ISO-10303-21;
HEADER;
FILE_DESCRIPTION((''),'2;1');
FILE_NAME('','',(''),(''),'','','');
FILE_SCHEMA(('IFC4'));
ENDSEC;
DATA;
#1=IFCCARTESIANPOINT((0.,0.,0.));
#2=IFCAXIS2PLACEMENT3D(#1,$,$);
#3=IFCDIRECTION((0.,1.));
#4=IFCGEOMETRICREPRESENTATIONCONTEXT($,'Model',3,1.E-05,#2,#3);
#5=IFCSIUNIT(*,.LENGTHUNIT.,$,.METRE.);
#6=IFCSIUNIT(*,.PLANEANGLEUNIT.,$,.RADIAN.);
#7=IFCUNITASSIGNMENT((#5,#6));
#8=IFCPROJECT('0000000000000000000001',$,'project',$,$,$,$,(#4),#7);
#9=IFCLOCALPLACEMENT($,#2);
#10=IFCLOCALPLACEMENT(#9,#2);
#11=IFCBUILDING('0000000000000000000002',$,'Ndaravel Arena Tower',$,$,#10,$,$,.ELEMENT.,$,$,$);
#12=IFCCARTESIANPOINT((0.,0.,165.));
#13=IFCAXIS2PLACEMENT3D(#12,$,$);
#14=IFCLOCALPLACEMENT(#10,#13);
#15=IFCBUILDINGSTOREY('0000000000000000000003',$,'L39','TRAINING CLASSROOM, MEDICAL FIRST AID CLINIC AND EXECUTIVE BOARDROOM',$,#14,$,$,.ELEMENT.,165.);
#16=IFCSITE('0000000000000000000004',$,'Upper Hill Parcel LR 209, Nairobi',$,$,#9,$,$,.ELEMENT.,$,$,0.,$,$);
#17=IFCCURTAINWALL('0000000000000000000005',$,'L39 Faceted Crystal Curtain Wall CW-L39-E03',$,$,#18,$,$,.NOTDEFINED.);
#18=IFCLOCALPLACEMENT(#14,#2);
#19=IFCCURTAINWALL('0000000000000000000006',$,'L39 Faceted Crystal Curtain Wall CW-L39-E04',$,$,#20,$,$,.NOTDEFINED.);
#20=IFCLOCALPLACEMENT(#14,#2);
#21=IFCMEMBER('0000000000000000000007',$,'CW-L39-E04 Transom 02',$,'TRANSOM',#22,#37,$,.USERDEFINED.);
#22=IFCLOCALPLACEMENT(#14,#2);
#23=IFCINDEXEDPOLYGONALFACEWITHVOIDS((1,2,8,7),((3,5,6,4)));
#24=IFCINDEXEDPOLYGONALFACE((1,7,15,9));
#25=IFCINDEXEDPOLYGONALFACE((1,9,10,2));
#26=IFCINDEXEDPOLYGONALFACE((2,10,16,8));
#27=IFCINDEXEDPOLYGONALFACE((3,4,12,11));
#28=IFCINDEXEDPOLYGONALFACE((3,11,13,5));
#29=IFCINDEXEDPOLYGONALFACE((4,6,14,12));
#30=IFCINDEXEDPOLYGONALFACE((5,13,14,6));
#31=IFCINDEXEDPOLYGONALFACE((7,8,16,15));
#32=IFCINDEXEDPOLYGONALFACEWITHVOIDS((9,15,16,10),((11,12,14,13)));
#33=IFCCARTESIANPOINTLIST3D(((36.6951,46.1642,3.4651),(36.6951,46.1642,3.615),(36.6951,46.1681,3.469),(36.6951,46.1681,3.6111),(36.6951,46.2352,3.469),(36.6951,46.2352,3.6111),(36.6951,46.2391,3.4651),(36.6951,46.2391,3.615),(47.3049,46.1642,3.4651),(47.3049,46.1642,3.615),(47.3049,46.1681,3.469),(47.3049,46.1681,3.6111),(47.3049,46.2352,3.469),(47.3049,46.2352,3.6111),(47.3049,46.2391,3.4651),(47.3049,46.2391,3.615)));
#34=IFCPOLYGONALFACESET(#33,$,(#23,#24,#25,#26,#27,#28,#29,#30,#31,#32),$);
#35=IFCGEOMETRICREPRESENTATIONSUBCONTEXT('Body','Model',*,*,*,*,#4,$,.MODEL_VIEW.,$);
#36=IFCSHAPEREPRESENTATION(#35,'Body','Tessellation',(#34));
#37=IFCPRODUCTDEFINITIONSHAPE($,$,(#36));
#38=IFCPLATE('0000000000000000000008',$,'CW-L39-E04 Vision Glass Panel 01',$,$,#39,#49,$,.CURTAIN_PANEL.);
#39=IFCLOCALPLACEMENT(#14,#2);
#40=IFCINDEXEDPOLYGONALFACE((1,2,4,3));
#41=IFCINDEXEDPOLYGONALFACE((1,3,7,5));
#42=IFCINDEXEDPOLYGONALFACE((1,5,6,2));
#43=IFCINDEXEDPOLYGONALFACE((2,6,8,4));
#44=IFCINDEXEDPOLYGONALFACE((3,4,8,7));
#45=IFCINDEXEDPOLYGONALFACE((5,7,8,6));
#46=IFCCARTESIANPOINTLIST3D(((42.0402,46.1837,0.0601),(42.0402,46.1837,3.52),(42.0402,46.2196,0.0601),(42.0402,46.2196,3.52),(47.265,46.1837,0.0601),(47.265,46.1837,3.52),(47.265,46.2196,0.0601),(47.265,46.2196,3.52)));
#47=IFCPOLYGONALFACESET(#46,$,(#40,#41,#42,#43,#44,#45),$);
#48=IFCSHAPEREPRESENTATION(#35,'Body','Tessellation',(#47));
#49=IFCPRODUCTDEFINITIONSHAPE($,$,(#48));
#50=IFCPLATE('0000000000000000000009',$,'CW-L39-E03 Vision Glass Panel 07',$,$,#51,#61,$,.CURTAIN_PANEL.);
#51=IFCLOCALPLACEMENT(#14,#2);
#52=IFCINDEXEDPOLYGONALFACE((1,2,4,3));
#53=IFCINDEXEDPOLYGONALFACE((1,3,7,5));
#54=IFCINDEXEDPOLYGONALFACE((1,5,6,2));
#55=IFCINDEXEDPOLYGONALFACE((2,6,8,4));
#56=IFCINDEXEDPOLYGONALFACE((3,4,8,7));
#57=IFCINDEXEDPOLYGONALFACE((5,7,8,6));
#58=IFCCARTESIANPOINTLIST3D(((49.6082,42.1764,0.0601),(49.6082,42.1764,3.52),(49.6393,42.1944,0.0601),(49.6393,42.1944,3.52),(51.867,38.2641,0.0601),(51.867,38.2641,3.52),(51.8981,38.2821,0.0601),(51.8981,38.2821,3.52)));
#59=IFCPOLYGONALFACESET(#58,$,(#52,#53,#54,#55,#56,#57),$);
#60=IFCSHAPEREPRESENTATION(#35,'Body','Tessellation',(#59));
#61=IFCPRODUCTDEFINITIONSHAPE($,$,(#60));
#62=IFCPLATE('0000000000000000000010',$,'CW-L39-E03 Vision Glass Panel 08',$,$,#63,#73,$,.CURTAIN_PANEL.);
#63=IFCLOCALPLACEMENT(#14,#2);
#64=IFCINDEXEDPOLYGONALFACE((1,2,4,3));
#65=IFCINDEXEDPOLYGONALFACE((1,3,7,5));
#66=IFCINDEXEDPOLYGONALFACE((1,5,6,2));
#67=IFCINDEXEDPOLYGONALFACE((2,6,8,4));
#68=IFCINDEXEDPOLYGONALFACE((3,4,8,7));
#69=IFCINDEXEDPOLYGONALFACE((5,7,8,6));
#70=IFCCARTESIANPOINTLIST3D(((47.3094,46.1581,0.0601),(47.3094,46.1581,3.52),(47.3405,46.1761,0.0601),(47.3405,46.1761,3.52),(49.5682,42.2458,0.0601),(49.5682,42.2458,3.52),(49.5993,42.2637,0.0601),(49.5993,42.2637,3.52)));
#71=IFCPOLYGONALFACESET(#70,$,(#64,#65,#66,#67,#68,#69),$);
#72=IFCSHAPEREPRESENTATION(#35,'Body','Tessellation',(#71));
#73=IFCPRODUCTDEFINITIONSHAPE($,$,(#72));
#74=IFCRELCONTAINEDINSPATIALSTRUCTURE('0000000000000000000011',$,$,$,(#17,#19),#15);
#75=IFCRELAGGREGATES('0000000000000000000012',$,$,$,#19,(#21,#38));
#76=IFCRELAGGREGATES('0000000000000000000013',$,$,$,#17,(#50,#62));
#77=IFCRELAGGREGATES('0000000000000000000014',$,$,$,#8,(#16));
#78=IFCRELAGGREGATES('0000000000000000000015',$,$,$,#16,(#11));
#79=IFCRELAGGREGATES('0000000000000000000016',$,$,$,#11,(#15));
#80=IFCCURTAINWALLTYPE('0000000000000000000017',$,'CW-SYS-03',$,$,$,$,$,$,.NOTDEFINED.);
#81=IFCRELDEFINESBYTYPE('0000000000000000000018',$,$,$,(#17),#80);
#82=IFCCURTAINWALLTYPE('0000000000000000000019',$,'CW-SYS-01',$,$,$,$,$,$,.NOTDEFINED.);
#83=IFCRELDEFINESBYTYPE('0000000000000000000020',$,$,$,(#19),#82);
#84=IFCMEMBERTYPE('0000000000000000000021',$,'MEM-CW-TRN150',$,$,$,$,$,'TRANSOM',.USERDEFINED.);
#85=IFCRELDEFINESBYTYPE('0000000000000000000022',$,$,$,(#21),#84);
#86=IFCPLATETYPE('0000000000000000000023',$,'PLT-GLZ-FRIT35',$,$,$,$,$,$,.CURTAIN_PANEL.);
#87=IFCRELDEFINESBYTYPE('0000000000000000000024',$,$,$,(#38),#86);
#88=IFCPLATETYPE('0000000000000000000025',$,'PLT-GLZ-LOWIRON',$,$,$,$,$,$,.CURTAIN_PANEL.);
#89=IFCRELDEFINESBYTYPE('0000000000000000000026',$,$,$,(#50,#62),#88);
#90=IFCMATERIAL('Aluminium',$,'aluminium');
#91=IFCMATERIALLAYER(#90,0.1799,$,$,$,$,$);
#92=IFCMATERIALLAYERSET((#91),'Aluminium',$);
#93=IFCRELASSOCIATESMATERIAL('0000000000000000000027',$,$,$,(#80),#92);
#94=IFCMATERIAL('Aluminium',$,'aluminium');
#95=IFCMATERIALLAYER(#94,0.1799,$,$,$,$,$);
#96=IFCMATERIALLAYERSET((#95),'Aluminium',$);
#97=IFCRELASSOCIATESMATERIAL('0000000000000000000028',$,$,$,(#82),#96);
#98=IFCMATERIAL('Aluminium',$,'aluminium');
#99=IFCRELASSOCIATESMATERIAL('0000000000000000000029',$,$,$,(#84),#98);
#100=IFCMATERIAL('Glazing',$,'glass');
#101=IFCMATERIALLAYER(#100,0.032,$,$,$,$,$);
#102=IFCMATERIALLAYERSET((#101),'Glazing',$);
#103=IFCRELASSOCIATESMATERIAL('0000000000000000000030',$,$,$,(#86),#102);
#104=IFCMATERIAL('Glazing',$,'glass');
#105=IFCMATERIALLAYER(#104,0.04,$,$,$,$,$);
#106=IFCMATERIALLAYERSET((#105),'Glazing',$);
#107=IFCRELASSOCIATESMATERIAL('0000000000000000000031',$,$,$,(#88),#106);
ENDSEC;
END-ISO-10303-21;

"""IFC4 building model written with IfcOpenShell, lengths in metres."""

from ifc_helpers import new_model, si_unit, direction, frame, origin, origin_2d, place, context, subcontext, project, spatial, rectangle, hollow_rectangle, extrude, material, layer, layer_set, material_profile, profile_set, type_object, element, aggregate, save


model = new_model("IFC4")

# Units and contexts
model_context = context("Model", 3, precision=1e-05, world=origin(), true_north=direction((0.0, 1.0)))
body_context = subcontext(model_context, "Body", "Model", "MODEL_VIEW")
ifc_project = project(units=[si_unit("LENGTHUNIT", "METRE"), si_unit("PLANEANGLEUNIT", "RADIAN")], contexts=[model_context])

# Site, building, storey
site_placement = place(None, origin())
site = spatial("IfcSite", under=ifc_project, at=site_placement, Name="Upper Hill Parcel LR 209, Nairobi", CompositionType="ELEMENT", RefElevation=0.0)
building_placement = place(site_placement, origin())
building = spatial("IfcBuilding", under=site, at=building_placement, Name="Ndaravel Arena Tower", CompositionType="ELEMENT")
storey_placement = place(building_placement, frame((0.0, 0.0, 165.0)))
storey = spatial("IfcBuildingStorey", under=building, at=storey_placement, Name="L39", Description="TRAINING CLASSROOM, MEDICAL FIRST AID CLINIC AND EXECUTIVE BOARDROOM", CompositionType="ELEMENT", Elevation=165.0)

# Curtain wall
ifc_material_1 = material(Name="Aluminium", Category="aluminium")
ifc_layer_1 = layer(ifc_material_1, 0.1799)
ifc_layer_set_1 = layer_set([ifc_layer_1], Name="Aluminium")
curtain_wall_type_1 = type_object("IfcCurtainWallType", Name="CW-SYS-03", PredefinedType="NOTDEFINED", material=ifc_layer_set_1)
curtain_wall_1_placement = place(storey_placement, origin())
curtain_wall_1 = element("IfcCurtainWall", 1, at=curtain_wall_1_placement, inside=storey, type_object=curtain_wall_type_1, Name="L39 Faceted Crystal Curtain Wall CW-L39-E03", PredefinedType="NOTDEFINED")

# Curtain wall, member, plate
ifc_material_2 = material(Name="Aluminium", Category="aluminium")
ifc_layer_2 = layer(ifc_material_2, 0.1799)
ifc_layer_set_2 = layer_set([ifc_layer_2], Name="Aluminium")
curtain_wall_type_2 = type_object("IfcCurtainWallType", Name="CW-SYS-01", PredefinedType="NOTDEFINED", material=ifc_layer_set_2)
curtain_wall_2_placement = place(storey_placement, origin())
curtain_wall_2 = element("IfcCurtainWall", 2, at=curtain_wall_2_placement, inside=storey, type_object=curtain_wall_type_2, Name="L39 Faceted Crystal Curtain Wall CW-L39-E04", PredefinedType="NOTDEFINED")
ifc_material_3 = material(Name="Aluminium", Category="aluminium")
ifc_material_profile_1 = material_profile(ifc_material_3, hollow_rectangle(XDim=0.075, YDim=0.1499, WallThickness=0.0039, at=origin_2d()), Name="CW TRANSOM 75x150x4")
ifc_profile_set_1 = profile_set([ifc_material_profile_1], Name="Aluminium")
member_type_1 = type_object("IfcMemberType", Name="MEM-CW-TRN150", ElementType="TRANSOM", PredefinedType="USERDEFINED", material=ifc_profile_set_1)
member_1_placement = place(storey_placement, frame((47.3049, 46.2017, 3.54), z_axis=(-1.0, 0.0, 0.0), x_axis=(0.0, -1.0, 0.0)))
member_1 = element("IfcMember", 3, at=member_1_placement, type_object=member_type_1, Name="CW-L39-E04 Transom 02", ObjectType="TRANSOM", PredefinedType="USERDEFINED", context=body_context, shape_type="SweptSolid", body=[
    extrude(hollow_rectangle(XDim=0.075, YDim=0.1499, WallThickness=0.0039, at=origin_2d()), origin(), (0.0, 0.0, 1.0), 10.6099),
])
ifc_material_4 = material(Name="Glazing", Category="glass")
ifc_layer_3 = layer(ifc_material_4, 0.032)
ifc_layer_set_3 = layer_set([ifc_layer_3], Name="Glazing")
plate_type_1 = type_object("IfcPlateType", Name="PLT-GLZ-FRIT35", PredefinedType="CURTAIN_PANEL", material=ifc_layer_set_3)
plate_1_placement = place(storey_placement, frame((44.6526, 46.2017, 0.0601), z_axis=(0.0, 0.0, 1.0), x_axis=(-1.0, 0.0, 0.0)))
plate_1 = element("IfcPlate", 4, at=plate_1_placement, type_object=plate_type_1, Name="CW-L39-E04 Vision Glass Panel 01", PredefinedType="CURTAIN_PANEL", context=body_context, shape_type="SweptSolid", body=[
    extrude(rectangle(XDim=5.2249, YDim=0.0359, at=origin_2d()), origin(), (0.0, 0.0, 1.0), 3.46),
])
aggregate(curtain_wall_2, [member_1, plate_1])

# Plates
ifc_material_5 = material(Name="Glazing", Category="glass")
ifc_layer_4 = layer(ifc_material_5, 0.04)
ifc_layer_set_4 = layer_set([ifc_layer_4], Name="Glazing")
plate_type_2 = type_object("IfcPlateType", Name="PLT-GLZ-LOWIRON", PredefinedType="CURTAIN_PANEL", material=ifc_layer_set_4)
plate_2_placement = place(storey_placement, frame((50.7532, 40.2292, 0.0601), z_axis=(0.0, 0.0, 1.0), x_axis=(-0.5, 0.866025, 0.0)))
plate_2 = element("IfcPlate", 5, at=plate_2_placement, type_object=plate_type_2, Name="CW-L39-E03 Vision Glass Panel 07", PredefinedType="CURTAIN_PANEL", context=body_context, shape_type="SweptSolid", body=[
    extrude(rectangle(XDim=4.5176, YDim=0.0359, at=origin_2d()), origin(), (0.0, 0.0, 1.0), 3.46),
])
plate_3_placement = place(storey_placement, frame((48.4543, 44.2109, 0.0601), z_axis=(0.0, 0.0, 1.0), x_axis=(-0.5, 0.866025, 0.0)))
plate_3 = element("IfcPlate", 6, at=plate_3_placement, type_object=plate_type_2, Name="CW-L39-E03 Vision Glass Panel 08", PredefinedType="CURTAIN_PANEL", context=body_context, shape_type="SweptSolid", body=[
    extrude(rectangle(XDim=4.5176, YDim=0.0359, at=origin_2d()), origin(), (0.0, 0.0, 1.0), 3.46),
])
aggregate(curtain_wall_1, [plate_2, plate_3])

save(model, "model.ifc")
